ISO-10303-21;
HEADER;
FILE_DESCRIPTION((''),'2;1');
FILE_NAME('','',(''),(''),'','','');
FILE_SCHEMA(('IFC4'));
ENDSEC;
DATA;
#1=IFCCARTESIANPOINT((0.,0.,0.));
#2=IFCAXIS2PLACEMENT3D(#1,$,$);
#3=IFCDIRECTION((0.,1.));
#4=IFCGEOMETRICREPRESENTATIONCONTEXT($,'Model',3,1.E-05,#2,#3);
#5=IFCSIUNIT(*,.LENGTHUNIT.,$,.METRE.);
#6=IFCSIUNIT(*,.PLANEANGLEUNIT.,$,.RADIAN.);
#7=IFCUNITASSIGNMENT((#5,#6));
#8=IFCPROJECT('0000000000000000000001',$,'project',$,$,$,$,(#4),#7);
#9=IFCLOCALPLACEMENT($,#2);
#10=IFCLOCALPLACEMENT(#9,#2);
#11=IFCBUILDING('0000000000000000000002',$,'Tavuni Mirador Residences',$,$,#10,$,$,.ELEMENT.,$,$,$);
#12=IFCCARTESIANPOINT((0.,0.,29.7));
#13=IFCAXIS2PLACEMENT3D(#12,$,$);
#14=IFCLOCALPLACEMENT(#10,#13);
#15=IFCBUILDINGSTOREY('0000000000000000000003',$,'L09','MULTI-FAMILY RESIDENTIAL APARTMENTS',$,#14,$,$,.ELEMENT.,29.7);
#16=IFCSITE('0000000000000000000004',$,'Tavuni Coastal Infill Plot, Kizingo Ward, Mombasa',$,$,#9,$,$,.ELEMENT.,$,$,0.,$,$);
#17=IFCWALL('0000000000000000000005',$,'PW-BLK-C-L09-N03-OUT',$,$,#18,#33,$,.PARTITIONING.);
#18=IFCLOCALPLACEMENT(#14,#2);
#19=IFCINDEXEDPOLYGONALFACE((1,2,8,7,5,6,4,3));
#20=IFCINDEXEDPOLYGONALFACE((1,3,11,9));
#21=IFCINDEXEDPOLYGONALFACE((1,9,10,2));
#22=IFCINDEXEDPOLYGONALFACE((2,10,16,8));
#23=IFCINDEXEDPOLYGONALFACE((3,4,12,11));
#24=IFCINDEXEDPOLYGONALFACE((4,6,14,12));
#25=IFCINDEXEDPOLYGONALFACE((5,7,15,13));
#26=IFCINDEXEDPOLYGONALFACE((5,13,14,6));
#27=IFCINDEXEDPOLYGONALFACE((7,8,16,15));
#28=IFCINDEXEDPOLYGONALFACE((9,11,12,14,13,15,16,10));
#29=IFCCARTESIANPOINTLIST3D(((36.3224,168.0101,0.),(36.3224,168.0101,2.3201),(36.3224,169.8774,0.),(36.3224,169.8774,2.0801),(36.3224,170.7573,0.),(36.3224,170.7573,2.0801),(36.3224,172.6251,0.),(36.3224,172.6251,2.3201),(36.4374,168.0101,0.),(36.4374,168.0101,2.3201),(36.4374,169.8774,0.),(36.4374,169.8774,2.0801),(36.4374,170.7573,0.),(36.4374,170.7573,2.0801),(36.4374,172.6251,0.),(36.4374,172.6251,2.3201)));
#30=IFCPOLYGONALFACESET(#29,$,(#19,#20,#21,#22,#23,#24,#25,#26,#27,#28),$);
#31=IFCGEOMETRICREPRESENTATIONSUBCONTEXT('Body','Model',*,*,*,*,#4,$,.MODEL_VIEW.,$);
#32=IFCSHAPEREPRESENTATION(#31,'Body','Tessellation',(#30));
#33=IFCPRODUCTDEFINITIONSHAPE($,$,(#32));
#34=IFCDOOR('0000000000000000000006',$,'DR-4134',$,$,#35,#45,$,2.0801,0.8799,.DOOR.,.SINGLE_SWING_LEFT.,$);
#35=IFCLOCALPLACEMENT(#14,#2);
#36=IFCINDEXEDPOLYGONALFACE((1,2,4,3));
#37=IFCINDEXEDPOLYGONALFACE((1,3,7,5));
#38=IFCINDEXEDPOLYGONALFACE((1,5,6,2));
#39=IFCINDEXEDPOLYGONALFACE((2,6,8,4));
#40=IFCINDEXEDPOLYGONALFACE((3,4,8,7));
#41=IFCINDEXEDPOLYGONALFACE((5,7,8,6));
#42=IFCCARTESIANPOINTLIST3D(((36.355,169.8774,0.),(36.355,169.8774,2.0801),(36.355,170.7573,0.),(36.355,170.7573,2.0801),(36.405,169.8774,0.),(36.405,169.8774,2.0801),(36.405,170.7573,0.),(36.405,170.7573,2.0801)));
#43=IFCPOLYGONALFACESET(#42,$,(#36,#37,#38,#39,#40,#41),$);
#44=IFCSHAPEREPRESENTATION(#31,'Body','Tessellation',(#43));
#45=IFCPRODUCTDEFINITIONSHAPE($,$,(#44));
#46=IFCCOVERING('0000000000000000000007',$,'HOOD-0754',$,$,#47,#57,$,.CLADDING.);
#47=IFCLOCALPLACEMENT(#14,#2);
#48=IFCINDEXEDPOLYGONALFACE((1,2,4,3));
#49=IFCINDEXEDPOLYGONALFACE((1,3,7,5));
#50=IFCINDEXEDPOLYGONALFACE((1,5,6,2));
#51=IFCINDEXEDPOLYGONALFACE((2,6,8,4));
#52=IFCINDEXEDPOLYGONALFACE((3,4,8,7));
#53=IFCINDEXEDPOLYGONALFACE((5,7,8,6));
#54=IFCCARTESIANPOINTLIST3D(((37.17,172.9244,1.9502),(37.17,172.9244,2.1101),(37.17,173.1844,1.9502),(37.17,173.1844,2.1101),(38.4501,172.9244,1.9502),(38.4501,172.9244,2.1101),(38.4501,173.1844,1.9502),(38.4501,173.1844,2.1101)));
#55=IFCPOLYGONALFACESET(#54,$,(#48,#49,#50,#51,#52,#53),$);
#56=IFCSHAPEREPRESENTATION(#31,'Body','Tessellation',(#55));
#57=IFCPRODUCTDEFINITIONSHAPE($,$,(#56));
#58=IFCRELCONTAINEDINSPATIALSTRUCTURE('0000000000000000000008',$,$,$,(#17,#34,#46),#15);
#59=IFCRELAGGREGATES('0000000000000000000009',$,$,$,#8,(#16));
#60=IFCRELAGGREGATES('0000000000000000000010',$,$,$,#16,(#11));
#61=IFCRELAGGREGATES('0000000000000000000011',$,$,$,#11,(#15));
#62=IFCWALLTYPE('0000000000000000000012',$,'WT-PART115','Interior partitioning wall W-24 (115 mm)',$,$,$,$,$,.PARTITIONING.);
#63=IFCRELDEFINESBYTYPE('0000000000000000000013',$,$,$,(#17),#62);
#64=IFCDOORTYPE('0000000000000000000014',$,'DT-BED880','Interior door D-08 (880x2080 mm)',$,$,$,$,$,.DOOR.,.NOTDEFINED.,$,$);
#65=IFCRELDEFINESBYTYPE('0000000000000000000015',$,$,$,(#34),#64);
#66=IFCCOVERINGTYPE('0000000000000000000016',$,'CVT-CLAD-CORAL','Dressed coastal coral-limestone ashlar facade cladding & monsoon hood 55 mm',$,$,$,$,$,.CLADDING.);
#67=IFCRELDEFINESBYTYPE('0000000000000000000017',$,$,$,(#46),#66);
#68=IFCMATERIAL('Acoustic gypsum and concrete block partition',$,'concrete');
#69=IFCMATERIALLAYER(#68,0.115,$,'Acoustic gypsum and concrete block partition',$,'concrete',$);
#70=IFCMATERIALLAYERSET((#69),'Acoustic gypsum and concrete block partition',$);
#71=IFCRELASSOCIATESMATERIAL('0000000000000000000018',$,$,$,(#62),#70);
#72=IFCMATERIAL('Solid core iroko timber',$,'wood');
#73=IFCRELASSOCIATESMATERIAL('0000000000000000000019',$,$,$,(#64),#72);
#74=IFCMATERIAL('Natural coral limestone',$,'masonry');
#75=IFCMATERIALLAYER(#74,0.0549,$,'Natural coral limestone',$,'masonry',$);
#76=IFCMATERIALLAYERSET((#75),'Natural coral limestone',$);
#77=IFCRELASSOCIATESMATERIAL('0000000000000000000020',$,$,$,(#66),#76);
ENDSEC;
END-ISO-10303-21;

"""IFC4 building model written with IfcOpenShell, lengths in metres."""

from ifc_helpers import new_model, si_unit, direction, frame, frame_2d, origin, origin_2d, place, context, subcontext, project, spatial, rectangle, extrude, material, layer, layer_set, type_object, element, fill, save


model = new_model("IFC4")

# Units and contexts
model_context = context("Model", 3, precision=1e-05, world=origin(), true_north=direction((0.0, 1.0)))
body_context = subcontext(model_context, "Body", "Model", "MODEL_VIEW")
ifc_project = project(units=[si_unit("LENGTHUNIT", "METRE"), si_unit("PLANEANGLEUNIT", "RADIAN")], contexts=[model_context])

# Site, building, storey
site_placement = place(None, origin())
site = spatial("IfcSite", under=ifc_project, at=site_placement, Name="Tavuni Coastal Infill Plot, Kizingo Ward, Mombasa", CompositionType="ELEMENT", RefElevation=0.0)
building_placement = place(site_placement, origin())
building = spatial("IfcBuilding", under=site, at=building_placement, Name="Tavuni Mirador Residences", CompositionType="ELEMENT")
storey_placement = place(building_placement, frame((0.0, 0.0, 29.7)))
storey = spatial("IfcBuildingStorey", under=building, at=storey_placement, Name="L09", Description="MULTI-FAMILY RESIDENTIAL APARTMENTS", CompositionType="ELEMENT", Elevation=29.7)

# Wall, opening, door
ifc_material_1 = material(Name="Acoustic gypsum and concrete block partition", Category="concrete")
ifc_layer_1 = layer(ifc_material_1, 0.115, Name="Acoustic gypsum and concrete block partition", Category="concrete")
ifc_layer_set_1 = layer_set([ifc_layer_1], Name="Acoustic gypsum and concrete block partition")
wall_type_1 = type_object("IfcWallType", Name="WT-PART115", Description="Interior partitioning wall W-24 (115 mm)", PredefinedType="PARTITIONING", material=ifc_layer_set_1)
wall_1_placement = place(storey_placement, frame((36.3799, 168.01, 0.0), z_axis=(0.0, 0.0, 1.0), x_axis=(0.0, 1.0, 0.0)))
wall_1 = element("IfcWall", 1, at=wall_1_placement, inside=storey, type_object=wall_type_1, Name="PW-BLK-C-L09-N03-OUT", PredefinedType="PARTITIONING", context=body_context, shape_type="SweptSolid", body=[
    extrude(rectangle(XDim=4.615, YDim=0.115, at=frame_2d((2.3076, 0.0))), origin(), (0.0, 0.0, 1.0), 2.3201),
])
opening_1_placement = place(wall_1_placement, frame((1.8674, 0.0, 0.0)))
opening_1 = element("IfcOpeningElement", 2, at=opening_1_placement, cuts=wall_1, PredefinedType="OPENING", context=body_context, shape_type="SweptSolid", body=[
    extrude(rectangle(XDim=0.8799, YDim=2.0801, at=frame_2d((0.4399, 1.04))), frame((0.0, 0.0674, 0.0), z_axis=(0.0, -1.0, 0.0), x_axis=(1.0, 0.0, 0.0)), (0.0, 0.0, 1.0), 0.135),
])
ifc_material_2 = material(Name="Solid core iroko timber", Category="wood")
door_type = type_object("IfcDoorType", Name="DT-BED880", Description="Interior door D-08 (880x2080 mm)", OperationType="NOTDEFINED", PredefinedType="DOOR", material=ifc_material_2)
door_placement = place(opening_1_placement, origin())
door = element("IfcDoor", 3, at=door_placement, inside=storey, type_object=door_type, Name="DR-4134", OperationType="SINGLE_SWING_LEFT", OverallHeight=2.0801, OverallWidth=0.8799, PredefinedType="DOOR", context=body_context, shape_type="SweptSolid", body=[
    extrude(rectangle(XDim=0.8799, YDim=2.0801, at=frame_2d((0.4399, 1.04))), frame((0.0, 0.0249, 0.0), z_axis=(0.0, -1.0, 0.0), x_axis=(1.0, 0.0, 0.0)), (0.0, 0.0, 1.0), 0.05),
])
fill(opening_1, door)

# Covering
ifc_material_3 = material(Name="Natural coral limestone", Category="masonry")
ifc_layer_2 = layer(ifc_material_3, 0.0549, Name="Natural coral limestone", Category="masonry")
ifc_layer_set_2 = layer_set([ifc_layer_2], Name="Natural coral limestone")
covering_type = type_object("IfcCoveringType", Name="CVT-CLAD-CORAL", Description="Dressed coastal coral-limestone ashlar facade cladding & monsoon hood 55 mm", PredefinedType="CLADDING", material=ifc_layer_set_2)
covering_placement = place(storey_placement, frame((37.8101, 173.0544, 1.9502), z_axis=(0.0, 0.0, 1.0), x_axis=(-1.0, 0.0, 0.0)))
element("IfcCovering", 4, at=covering_placement, inside=storey, type_object=covering_type, Name="HOOD-0754", PredefinedType="CLADDING", context=body_context, shape_type="SweptSolid", body=[
    extrude(rectangle(XDim=1.28, YDim=0.26, at=origin_2d()), origin(), (0.0, 0.0, 1.0), 0.1599),
])

save(model, "model.ifc")
